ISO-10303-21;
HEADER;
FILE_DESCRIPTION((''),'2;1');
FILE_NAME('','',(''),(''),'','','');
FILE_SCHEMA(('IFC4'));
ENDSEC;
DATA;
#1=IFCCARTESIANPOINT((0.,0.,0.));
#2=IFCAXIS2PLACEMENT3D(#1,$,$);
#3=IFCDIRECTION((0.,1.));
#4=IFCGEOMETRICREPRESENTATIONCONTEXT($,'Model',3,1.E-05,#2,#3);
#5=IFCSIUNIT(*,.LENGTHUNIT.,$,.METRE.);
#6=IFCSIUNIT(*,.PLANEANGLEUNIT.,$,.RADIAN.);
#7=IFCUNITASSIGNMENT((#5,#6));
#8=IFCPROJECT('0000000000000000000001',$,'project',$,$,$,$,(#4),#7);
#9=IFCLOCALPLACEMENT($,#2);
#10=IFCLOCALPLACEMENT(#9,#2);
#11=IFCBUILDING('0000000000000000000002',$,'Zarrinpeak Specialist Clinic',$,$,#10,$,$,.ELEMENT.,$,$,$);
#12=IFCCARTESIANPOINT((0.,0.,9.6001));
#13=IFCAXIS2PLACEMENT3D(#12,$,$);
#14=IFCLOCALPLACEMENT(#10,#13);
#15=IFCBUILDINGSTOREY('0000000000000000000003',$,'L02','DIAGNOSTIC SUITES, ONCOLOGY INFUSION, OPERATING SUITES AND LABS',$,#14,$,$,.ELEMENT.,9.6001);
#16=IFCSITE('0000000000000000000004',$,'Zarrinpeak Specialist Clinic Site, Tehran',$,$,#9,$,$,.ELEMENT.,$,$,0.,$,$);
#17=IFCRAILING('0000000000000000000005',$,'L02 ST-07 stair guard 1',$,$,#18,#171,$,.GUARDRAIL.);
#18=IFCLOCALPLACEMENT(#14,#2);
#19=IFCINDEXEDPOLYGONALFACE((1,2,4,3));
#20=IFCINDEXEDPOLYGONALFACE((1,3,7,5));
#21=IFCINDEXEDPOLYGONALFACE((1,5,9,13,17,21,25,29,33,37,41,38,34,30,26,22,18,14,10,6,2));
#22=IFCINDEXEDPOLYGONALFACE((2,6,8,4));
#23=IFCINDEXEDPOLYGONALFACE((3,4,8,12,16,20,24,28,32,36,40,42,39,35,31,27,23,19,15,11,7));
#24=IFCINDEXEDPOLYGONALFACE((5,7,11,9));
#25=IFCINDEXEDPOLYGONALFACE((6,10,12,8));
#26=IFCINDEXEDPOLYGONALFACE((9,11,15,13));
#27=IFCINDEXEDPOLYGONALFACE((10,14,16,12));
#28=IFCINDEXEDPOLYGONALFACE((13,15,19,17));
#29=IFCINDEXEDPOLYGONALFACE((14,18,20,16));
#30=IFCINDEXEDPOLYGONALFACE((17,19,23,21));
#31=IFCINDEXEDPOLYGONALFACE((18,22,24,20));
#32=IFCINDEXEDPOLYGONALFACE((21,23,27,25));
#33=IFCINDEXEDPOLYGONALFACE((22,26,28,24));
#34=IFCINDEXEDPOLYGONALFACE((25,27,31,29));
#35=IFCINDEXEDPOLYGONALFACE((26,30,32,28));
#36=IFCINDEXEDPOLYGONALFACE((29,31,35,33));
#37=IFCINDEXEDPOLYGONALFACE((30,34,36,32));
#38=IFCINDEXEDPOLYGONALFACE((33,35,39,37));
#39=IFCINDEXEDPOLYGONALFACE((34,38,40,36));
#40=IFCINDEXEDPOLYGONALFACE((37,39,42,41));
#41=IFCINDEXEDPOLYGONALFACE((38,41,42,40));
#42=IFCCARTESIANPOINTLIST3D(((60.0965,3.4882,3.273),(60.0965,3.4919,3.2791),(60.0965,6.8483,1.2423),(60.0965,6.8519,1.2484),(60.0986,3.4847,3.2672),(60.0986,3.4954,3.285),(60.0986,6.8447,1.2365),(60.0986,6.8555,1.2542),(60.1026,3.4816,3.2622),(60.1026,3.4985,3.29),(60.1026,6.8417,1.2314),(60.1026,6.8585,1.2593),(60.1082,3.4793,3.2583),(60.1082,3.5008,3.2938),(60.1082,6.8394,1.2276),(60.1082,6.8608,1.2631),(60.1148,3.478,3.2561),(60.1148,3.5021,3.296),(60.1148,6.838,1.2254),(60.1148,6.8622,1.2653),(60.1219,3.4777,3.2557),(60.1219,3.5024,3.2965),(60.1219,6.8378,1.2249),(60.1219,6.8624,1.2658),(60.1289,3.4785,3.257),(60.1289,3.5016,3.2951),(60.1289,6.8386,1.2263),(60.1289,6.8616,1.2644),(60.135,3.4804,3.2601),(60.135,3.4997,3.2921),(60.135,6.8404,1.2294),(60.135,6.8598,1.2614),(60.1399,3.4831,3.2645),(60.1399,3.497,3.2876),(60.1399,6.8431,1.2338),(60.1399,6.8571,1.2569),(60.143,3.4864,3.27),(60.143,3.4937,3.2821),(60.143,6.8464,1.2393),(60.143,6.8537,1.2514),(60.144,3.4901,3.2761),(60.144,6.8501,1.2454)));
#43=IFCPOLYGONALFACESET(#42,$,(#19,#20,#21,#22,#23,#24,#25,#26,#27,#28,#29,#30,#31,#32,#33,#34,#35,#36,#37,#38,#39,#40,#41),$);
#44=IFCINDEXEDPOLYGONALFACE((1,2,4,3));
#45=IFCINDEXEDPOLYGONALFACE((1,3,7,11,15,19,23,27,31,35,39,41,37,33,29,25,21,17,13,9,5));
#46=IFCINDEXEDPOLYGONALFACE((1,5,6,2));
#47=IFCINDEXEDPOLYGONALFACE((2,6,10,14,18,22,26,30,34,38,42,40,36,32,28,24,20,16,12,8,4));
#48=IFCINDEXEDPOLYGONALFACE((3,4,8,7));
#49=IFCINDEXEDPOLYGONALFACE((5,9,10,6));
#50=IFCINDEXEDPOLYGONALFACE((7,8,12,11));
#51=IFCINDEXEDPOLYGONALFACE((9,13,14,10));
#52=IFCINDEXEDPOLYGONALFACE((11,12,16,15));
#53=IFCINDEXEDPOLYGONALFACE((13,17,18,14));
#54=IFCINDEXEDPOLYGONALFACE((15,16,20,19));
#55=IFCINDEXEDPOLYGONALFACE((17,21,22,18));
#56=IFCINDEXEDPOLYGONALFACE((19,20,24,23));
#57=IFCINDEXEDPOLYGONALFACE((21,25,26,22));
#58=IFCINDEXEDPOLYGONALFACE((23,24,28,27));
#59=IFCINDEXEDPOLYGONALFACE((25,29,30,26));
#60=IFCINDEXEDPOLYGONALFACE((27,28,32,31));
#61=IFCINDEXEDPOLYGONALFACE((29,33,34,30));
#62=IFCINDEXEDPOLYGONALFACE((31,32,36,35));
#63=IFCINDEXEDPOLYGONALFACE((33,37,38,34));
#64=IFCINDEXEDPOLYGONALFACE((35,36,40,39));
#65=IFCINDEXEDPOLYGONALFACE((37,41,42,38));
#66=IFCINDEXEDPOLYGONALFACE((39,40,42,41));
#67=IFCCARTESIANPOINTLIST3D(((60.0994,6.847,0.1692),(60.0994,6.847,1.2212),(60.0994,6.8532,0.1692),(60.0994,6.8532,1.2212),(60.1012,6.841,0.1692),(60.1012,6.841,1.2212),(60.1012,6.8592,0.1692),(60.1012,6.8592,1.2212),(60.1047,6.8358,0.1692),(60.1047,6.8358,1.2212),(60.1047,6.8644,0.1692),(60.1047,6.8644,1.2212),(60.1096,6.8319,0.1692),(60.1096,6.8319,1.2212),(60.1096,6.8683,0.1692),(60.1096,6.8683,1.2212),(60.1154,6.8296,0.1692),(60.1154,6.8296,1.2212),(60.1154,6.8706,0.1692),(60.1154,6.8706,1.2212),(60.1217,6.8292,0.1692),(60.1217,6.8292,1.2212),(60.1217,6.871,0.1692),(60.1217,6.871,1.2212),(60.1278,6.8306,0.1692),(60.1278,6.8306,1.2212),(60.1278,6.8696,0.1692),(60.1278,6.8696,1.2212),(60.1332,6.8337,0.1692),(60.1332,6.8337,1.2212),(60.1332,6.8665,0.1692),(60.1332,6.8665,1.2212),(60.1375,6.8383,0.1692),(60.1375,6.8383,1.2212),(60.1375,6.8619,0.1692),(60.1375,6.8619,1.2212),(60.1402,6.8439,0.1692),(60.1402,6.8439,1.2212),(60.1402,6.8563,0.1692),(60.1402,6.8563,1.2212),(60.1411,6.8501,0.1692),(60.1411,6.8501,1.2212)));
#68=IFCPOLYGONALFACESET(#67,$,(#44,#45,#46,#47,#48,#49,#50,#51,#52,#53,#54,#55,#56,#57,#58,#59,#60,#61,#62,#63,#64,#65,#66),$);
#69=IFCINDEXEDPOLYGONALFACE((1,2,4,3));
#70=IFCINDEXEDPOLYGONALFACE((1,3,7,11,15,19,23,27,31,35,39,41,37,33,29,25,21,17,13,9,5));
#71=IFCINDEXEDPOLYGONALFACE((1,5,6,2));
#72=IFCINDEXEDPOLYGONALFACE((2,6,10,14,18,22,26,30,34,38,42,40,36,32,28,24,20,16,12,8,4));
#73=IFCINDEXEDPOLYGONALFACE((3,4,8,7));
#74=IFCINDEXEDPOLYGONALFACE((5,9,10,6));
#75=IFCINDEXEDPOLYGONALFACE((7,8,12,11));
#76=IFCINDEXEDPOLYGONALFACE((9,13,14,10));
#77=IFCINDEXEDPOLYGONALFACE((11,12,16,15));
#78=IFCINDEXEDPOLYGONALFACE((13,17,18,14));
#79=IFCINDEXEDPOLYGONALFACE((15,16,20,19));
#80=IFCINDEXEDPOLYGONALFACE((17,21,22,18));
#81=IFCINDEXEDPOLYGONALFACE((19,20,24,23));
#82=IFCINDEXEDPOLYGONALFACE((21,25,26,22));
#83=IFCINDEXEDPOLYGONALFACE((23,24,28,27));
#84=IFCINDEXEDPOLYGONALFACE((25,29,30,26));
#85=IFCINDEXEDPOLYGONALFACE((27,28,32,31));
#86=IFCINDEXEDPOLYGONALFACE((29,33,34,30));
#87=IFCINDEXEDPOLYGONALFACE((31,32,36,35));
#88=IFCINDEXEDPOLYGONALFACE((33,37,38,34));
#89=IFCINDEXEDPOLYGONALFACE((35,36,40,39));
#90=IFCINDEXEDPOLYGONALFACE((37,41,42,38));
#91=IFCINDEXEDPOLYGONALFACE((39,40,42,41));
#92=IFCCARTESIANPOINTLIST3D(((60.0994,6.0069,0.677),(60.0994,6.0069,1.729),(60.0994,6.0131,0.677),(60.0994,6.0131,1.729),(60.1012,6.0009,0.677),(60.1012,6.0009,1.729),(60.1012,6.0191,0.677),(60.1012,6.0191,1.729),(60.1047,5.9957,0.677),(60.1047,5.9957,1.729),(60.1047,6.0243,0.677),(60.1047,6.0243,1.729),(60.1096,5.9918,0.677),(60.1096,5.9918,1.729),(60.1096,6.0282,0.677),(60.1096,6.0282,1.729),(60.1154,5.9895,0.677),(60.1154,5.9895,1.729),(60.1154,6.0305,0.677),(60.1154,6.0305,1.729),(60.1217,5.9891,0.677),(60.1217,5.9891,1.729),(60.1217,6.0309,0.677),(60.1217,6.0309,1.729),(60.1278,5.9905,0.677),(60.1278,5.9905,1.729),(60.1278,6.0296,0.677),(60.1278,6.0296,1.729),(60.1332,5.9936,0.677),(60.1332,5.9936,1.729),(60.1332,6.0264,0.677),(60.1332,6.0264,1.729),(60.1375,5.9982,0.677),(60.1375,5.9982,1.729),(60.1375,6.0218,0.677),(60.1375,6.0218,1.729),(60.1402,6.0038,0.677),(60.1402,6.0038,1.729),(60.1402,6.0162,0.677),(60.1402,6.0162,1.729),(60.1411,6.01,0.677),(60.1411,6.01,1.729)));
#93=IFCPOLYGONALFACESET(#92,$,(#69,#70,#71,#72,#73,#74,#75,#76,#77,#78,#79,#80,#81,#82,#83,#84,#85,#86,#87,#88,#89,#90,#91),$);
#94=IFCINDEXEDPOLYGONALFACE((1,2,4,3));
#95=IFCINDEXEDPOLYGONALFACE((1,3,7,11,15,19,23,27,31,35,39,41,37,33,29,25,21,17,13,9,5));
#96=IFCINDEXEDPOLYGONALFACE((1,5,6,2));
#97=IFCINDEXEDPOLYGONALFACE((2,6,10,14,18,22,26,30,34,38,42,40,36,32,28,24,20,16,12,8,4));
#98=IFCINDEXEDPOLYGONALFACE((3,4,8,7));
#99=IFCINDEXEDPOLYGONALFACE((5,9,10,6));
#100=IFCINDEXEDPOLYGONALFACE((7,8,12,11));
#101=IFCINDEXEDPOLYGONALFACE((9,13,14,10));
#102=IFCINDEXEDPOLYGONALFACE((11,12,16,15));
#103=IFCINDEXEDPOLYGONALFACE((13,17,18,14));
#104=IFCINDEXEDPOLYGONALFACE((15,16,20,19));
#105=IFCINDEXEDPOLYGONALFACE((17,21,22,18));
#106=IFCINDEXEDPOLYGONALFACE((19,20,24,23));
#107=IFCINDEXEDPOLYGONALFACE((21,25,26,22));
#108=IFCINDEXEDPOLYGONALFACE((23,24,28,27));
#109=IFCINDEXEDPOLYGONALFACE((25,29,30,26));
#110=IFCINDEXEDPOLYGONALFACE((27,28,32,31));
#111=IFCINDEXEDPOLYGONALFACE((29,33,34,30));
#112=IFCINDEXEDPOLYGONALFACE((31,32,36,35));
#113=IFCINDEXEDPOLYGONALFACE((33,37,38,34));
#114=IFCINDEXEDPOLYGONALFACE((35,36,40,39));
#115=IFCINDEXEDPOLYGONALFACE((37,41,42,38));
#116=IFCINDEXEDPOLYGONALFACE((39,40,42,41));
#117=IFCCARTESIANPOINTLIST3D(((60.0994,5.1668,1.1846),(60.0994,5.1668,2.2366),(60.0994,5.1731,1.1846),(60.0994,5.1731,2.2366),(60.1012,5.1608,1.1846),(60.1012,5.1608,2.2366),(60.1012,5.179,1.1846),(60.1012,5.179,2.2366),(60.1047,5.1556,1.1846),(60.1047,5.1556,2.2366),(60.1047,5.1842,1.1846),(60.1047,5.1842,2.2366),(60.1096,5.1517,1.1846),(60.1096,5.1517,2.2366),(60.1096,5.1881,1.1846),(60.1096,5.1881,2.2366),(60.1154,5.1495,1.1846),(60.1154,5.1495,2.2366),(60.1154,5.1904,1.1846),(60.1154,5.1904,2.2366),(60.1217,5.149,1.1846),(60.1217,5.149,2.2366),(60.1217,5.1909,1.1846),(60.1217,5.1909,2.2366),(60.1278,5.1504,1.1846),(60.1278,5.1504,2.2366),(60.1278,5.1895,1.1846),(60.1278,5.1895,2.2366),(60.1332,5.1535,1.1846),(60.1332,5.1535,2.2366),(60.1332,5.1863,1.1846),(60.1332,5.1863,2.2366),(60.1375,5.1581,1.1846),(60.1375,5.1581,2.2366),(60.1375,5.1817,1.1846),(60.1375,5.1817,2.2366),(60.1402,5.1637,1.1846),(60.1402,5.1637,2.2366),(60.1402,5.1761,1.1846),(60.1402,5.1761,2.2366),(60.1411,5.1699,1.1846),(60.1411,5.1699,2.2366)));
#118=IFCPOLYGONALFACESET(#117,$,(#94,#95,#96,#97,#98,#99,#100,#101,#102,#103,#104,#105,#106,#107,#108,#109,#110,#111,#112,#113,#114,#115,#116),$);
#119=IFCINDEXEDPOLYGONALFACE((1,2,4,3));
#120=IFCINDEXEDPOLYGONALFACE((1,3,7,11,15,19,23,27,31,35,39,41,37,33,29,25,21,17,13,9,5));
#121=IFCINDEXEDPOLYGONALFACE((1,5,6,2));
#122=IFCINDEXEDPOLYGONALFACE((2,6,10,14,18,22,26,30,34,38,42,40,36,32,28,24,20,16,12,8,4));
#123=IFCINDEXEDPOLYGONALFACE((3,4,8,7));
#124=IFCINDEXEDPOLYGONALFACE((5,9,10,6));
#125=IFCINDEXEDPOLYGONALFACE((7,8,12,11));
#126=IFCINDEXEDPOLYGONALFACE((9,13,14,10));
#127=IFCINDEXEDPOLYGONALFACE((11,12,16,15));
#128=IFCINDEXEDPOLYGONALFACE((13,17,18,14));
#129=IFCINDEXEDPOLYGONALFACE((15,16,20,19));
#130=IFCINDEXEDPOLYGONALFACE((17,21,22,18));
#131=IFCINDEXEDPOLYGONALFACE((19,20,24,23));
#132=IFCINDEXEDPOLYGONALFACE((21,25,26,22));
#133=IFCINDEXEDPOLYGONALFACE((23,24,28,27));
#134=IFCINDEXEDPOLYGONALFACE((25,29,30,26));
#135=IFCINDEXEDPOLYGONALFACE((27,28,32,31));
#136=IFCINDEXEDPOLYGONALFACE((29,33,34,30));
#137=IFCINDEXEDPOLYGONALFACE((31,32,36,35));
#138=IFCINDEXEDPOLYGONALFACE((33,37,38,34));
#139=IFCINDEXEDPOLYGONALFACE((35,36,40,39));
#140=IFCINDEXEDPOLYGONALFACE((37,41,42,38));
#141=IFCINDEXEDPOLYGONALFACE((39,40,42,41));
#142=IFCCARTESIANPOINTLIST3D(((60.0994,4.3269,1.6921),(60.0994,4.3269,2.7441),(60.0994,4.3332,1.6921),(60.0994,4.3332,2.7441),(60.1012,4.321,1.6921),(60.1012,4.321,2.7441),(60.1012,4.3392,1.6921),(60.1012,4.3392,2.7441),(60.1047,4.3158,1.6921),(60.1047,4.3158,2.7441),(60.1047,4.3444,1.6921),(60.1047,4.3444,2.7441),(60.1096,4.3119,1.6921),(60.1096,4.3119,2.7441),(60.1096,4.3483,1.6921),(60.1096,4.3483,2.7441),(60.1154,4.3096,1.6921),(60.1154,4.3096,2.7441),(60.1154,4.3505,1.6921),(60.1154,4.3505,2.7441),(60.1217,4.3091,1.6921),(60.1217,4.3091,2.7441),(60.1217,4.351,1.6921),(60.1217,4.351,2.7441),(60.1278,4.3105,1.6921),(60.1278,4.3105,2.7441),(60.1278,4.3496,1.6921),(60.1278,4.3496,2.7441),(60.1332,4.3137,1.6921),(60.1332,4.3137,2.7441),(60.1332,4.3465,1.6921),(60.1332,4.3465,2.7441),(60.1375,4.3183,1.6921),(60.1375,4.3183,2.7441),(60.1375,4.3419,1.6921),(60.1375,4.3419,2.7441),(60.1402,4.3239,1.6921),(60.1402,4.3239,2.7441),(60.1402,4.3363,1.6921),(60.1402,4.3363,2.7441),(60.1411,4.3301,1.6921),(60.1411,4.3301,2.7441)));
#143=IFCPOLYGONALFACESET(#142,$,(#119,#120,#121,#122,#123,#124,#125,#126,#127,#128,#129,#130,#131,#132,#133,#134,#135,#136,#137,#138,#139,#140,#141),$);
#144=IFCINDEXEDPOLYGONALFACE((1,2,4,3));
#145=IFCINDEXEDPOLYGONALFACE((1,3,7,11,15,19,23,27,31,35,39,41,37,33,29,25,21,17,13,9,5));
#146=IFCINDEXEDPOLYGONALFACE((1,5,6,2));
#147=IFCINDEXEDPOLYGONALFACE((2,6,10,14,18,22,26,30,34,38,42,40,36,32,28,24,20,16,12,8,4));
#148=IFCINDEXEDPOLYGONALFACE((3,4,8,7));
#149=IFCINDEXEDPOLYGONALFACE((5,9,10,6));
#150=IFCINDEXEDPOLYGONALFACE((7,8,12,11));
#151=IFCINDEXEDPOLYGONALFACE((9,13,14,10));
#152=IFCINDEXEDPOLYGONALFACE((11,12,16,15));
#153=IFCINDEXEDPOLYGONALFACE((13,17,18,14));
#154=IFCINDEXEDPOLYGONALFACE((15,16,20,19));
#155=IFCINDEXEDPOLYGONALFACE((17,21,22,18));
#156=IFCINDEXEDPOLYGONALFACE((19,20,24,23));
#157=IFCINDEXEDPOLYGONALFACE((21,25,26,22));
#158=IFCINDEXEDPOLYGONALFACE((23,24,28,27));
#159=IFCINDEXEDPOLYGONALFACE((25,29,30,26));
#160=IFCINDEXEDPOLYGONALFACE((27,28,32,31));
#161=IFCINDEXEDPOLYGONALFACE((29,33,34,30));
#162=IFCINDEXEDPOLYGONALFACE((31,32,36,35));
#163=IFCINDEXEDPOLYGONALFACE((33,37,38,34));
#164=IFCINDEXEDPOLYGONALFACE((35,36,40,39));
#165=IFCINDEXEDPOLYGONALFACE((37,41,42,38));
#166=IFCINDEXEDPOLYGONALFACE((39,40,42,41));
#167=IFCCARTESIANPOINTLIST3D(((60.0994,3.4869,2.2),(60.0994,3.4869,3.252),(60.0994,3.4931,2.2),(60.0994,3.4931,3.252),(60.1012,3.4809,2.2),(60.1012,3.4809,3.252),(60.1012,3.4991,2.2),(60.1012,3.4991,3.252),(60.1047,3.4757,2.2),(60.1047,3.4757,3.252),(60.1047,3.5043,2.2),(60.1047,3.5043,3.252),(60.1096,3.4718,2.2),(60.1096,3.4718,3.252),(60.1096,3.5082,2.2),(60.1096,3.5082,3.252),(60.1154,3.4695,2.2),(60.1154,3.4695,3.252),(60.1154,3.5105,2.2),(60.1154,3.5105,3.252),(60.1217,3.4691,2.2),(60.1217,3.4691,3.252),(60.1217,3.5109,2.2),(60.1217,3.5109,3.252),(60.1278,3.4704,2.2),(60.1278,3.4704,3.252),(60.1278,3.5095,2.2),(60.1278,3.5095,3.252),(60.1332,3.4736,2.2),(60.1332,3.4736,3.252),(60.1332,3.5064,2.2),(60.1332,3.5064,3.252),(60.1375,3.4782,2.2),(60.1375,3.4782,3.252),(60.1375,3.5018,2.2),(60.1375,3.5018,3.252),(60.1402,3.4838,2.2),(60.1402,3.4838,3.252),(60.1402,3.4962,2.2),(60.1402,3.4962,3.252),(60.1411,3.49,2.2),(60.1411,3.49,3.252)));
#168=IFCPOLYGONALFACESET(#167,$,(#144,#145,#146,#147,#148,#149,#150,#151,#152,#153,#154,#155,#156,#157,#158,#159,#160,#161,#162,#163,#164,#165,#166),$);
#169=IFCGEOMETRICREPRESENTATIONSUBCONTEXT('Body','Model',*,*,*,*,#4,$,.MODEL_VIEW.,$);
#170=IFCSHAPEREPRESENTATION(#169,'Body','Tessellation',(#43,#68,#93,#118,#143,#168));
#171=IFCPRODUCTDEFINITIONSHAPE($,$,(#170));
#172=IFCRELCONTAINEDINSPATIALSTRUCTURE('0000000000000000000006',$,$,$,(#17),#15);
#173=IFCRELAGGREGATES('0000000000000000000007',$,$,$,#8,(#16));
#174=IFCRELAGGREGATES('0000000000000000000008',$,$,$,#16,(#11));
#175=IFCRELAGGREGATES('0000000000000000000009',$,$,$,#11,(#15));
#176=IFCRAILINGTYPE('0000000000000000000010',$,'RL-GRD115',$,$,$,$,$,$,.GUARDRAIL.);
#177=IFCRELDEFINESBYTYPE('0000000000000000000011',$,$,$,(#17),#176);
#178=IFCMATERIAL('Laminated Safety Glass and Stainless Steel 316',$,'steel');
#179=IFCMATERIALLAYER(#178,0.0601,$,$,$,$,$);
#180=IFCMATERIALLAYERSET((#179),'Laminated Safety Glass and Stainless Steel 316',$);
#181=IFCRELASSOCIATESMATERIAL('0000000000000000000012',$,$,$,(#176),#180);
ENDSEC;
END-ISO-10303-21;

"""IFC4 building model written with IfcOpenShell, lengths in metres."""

from ifc_helpers import new_model, si_unit, direction, frame, origin, origin_2d, place, context, subcontext, project, spatial, circle, extrude, material, layer, layer_set, type_object, element, save


model = new_model("IFC4")

# Units and contexts
model_context = context("Model", 3, precision=1e-05, world=origin(), true_north=direction((0.0, 1.0)))
body_context = subcontext(model_context, "Body", "Model", "MODEL_VIEW")
ifc_project = project(units=[si_unit("LENGTHUNIT", "METRE"), si_unit("PLANEANGLEUNIT", "RADIAN")], contexts=[model_context])

# Site, building, storey
site_placement = place(None, origin())
site = spatial("IfcSite", under=ifc_project, at=site_placement, Name="Zarrinpeak Specialist Clinic Site, Tehran", CompositionType="ELEMENT", RefElevation=0.0)
building_placement = place(site_placement, origin())
building = spatial("IfcBuilding", under=site, at=building_placement, Name="Zarrinpeak Specialist Clinic", CompositionType="ELEMENT")
storey_placement = place(building_placement, frame((0.0, 0.0, 9.6001)))
storey = spatial("IfcBuildingStorey", under=building, at=storey_placement, Name="L02", Description="DIAGNOSTIC SUITES, ONCOLOGY INFUSION, OPERATING SUITES AND LABS", CompositionType="ELEMENT", Elevation=9.6001)

# Railing
ifc_material_1 = material(Name="Laminated Safety Glass and Stainless Steel 316", Category="steel")
ifc_layer_1 = layer(ifc_material_1, 0.0601)
ifc_layer_set_1 = layer_set([ifc_layer_1], Name="Laminated Safety Glass and Stainless Steel 316")
railing_type_1 = type_object("IfcRailingType", Name="RL-GRD115", PredefinedType="GUARDRAIL", material=ifc_layer_set_1)
railing_1_placement = place(storey_placement, frame((60.1201, 6.8501, 0.1692)))
element("IfcRailing", 1, at=railing_1_placement, inside=storey, type_object=railing_type_1, Name="L02 ST-07 stair guard 1", PredefinedType="GUARDRAIL", context=body_context, shape_type="SweptSolid", body=[
    extrude(circle(Radius=0.0239, at=origin_2d()), frame((0.0, 0.0, 1.0762), z_axis=(0.0, -0.855837, 0.517246), x_axis=(1.0, 0.0, 0.0)), (0.0, 0.0, 1.0), 3.926),
    extrude(circle(Radius=0.021, at=origin_2d()), origin(), (0.0, 0.0, 1.0), 1.052),
    extrude(circle(Radius=0.021, at=origin_2d()), frame((0.0, -0.8401, 0.5078)), (0.0, 0.0, 1.0), 1.052),
    extrude(circle(Radius=0.021, at=origin_2d()), frame((0.0, -1.6802, 1.0154)), (0.0, 0.0, 1.0), 1.052),
    extrude(circle(Radius=0.021, at=origin_2d()), frame((0.0, -2.52, 1.5229)), (0.0, 0.0, 1.0), 1.052),
    extrude(circle(Radius=0.021, at=origin_2d()), frame((0.0, -3.3601, 2.0308)), (0.0, 0.0, 1.0), 1.052),
])

save(model, "model.ifc")
